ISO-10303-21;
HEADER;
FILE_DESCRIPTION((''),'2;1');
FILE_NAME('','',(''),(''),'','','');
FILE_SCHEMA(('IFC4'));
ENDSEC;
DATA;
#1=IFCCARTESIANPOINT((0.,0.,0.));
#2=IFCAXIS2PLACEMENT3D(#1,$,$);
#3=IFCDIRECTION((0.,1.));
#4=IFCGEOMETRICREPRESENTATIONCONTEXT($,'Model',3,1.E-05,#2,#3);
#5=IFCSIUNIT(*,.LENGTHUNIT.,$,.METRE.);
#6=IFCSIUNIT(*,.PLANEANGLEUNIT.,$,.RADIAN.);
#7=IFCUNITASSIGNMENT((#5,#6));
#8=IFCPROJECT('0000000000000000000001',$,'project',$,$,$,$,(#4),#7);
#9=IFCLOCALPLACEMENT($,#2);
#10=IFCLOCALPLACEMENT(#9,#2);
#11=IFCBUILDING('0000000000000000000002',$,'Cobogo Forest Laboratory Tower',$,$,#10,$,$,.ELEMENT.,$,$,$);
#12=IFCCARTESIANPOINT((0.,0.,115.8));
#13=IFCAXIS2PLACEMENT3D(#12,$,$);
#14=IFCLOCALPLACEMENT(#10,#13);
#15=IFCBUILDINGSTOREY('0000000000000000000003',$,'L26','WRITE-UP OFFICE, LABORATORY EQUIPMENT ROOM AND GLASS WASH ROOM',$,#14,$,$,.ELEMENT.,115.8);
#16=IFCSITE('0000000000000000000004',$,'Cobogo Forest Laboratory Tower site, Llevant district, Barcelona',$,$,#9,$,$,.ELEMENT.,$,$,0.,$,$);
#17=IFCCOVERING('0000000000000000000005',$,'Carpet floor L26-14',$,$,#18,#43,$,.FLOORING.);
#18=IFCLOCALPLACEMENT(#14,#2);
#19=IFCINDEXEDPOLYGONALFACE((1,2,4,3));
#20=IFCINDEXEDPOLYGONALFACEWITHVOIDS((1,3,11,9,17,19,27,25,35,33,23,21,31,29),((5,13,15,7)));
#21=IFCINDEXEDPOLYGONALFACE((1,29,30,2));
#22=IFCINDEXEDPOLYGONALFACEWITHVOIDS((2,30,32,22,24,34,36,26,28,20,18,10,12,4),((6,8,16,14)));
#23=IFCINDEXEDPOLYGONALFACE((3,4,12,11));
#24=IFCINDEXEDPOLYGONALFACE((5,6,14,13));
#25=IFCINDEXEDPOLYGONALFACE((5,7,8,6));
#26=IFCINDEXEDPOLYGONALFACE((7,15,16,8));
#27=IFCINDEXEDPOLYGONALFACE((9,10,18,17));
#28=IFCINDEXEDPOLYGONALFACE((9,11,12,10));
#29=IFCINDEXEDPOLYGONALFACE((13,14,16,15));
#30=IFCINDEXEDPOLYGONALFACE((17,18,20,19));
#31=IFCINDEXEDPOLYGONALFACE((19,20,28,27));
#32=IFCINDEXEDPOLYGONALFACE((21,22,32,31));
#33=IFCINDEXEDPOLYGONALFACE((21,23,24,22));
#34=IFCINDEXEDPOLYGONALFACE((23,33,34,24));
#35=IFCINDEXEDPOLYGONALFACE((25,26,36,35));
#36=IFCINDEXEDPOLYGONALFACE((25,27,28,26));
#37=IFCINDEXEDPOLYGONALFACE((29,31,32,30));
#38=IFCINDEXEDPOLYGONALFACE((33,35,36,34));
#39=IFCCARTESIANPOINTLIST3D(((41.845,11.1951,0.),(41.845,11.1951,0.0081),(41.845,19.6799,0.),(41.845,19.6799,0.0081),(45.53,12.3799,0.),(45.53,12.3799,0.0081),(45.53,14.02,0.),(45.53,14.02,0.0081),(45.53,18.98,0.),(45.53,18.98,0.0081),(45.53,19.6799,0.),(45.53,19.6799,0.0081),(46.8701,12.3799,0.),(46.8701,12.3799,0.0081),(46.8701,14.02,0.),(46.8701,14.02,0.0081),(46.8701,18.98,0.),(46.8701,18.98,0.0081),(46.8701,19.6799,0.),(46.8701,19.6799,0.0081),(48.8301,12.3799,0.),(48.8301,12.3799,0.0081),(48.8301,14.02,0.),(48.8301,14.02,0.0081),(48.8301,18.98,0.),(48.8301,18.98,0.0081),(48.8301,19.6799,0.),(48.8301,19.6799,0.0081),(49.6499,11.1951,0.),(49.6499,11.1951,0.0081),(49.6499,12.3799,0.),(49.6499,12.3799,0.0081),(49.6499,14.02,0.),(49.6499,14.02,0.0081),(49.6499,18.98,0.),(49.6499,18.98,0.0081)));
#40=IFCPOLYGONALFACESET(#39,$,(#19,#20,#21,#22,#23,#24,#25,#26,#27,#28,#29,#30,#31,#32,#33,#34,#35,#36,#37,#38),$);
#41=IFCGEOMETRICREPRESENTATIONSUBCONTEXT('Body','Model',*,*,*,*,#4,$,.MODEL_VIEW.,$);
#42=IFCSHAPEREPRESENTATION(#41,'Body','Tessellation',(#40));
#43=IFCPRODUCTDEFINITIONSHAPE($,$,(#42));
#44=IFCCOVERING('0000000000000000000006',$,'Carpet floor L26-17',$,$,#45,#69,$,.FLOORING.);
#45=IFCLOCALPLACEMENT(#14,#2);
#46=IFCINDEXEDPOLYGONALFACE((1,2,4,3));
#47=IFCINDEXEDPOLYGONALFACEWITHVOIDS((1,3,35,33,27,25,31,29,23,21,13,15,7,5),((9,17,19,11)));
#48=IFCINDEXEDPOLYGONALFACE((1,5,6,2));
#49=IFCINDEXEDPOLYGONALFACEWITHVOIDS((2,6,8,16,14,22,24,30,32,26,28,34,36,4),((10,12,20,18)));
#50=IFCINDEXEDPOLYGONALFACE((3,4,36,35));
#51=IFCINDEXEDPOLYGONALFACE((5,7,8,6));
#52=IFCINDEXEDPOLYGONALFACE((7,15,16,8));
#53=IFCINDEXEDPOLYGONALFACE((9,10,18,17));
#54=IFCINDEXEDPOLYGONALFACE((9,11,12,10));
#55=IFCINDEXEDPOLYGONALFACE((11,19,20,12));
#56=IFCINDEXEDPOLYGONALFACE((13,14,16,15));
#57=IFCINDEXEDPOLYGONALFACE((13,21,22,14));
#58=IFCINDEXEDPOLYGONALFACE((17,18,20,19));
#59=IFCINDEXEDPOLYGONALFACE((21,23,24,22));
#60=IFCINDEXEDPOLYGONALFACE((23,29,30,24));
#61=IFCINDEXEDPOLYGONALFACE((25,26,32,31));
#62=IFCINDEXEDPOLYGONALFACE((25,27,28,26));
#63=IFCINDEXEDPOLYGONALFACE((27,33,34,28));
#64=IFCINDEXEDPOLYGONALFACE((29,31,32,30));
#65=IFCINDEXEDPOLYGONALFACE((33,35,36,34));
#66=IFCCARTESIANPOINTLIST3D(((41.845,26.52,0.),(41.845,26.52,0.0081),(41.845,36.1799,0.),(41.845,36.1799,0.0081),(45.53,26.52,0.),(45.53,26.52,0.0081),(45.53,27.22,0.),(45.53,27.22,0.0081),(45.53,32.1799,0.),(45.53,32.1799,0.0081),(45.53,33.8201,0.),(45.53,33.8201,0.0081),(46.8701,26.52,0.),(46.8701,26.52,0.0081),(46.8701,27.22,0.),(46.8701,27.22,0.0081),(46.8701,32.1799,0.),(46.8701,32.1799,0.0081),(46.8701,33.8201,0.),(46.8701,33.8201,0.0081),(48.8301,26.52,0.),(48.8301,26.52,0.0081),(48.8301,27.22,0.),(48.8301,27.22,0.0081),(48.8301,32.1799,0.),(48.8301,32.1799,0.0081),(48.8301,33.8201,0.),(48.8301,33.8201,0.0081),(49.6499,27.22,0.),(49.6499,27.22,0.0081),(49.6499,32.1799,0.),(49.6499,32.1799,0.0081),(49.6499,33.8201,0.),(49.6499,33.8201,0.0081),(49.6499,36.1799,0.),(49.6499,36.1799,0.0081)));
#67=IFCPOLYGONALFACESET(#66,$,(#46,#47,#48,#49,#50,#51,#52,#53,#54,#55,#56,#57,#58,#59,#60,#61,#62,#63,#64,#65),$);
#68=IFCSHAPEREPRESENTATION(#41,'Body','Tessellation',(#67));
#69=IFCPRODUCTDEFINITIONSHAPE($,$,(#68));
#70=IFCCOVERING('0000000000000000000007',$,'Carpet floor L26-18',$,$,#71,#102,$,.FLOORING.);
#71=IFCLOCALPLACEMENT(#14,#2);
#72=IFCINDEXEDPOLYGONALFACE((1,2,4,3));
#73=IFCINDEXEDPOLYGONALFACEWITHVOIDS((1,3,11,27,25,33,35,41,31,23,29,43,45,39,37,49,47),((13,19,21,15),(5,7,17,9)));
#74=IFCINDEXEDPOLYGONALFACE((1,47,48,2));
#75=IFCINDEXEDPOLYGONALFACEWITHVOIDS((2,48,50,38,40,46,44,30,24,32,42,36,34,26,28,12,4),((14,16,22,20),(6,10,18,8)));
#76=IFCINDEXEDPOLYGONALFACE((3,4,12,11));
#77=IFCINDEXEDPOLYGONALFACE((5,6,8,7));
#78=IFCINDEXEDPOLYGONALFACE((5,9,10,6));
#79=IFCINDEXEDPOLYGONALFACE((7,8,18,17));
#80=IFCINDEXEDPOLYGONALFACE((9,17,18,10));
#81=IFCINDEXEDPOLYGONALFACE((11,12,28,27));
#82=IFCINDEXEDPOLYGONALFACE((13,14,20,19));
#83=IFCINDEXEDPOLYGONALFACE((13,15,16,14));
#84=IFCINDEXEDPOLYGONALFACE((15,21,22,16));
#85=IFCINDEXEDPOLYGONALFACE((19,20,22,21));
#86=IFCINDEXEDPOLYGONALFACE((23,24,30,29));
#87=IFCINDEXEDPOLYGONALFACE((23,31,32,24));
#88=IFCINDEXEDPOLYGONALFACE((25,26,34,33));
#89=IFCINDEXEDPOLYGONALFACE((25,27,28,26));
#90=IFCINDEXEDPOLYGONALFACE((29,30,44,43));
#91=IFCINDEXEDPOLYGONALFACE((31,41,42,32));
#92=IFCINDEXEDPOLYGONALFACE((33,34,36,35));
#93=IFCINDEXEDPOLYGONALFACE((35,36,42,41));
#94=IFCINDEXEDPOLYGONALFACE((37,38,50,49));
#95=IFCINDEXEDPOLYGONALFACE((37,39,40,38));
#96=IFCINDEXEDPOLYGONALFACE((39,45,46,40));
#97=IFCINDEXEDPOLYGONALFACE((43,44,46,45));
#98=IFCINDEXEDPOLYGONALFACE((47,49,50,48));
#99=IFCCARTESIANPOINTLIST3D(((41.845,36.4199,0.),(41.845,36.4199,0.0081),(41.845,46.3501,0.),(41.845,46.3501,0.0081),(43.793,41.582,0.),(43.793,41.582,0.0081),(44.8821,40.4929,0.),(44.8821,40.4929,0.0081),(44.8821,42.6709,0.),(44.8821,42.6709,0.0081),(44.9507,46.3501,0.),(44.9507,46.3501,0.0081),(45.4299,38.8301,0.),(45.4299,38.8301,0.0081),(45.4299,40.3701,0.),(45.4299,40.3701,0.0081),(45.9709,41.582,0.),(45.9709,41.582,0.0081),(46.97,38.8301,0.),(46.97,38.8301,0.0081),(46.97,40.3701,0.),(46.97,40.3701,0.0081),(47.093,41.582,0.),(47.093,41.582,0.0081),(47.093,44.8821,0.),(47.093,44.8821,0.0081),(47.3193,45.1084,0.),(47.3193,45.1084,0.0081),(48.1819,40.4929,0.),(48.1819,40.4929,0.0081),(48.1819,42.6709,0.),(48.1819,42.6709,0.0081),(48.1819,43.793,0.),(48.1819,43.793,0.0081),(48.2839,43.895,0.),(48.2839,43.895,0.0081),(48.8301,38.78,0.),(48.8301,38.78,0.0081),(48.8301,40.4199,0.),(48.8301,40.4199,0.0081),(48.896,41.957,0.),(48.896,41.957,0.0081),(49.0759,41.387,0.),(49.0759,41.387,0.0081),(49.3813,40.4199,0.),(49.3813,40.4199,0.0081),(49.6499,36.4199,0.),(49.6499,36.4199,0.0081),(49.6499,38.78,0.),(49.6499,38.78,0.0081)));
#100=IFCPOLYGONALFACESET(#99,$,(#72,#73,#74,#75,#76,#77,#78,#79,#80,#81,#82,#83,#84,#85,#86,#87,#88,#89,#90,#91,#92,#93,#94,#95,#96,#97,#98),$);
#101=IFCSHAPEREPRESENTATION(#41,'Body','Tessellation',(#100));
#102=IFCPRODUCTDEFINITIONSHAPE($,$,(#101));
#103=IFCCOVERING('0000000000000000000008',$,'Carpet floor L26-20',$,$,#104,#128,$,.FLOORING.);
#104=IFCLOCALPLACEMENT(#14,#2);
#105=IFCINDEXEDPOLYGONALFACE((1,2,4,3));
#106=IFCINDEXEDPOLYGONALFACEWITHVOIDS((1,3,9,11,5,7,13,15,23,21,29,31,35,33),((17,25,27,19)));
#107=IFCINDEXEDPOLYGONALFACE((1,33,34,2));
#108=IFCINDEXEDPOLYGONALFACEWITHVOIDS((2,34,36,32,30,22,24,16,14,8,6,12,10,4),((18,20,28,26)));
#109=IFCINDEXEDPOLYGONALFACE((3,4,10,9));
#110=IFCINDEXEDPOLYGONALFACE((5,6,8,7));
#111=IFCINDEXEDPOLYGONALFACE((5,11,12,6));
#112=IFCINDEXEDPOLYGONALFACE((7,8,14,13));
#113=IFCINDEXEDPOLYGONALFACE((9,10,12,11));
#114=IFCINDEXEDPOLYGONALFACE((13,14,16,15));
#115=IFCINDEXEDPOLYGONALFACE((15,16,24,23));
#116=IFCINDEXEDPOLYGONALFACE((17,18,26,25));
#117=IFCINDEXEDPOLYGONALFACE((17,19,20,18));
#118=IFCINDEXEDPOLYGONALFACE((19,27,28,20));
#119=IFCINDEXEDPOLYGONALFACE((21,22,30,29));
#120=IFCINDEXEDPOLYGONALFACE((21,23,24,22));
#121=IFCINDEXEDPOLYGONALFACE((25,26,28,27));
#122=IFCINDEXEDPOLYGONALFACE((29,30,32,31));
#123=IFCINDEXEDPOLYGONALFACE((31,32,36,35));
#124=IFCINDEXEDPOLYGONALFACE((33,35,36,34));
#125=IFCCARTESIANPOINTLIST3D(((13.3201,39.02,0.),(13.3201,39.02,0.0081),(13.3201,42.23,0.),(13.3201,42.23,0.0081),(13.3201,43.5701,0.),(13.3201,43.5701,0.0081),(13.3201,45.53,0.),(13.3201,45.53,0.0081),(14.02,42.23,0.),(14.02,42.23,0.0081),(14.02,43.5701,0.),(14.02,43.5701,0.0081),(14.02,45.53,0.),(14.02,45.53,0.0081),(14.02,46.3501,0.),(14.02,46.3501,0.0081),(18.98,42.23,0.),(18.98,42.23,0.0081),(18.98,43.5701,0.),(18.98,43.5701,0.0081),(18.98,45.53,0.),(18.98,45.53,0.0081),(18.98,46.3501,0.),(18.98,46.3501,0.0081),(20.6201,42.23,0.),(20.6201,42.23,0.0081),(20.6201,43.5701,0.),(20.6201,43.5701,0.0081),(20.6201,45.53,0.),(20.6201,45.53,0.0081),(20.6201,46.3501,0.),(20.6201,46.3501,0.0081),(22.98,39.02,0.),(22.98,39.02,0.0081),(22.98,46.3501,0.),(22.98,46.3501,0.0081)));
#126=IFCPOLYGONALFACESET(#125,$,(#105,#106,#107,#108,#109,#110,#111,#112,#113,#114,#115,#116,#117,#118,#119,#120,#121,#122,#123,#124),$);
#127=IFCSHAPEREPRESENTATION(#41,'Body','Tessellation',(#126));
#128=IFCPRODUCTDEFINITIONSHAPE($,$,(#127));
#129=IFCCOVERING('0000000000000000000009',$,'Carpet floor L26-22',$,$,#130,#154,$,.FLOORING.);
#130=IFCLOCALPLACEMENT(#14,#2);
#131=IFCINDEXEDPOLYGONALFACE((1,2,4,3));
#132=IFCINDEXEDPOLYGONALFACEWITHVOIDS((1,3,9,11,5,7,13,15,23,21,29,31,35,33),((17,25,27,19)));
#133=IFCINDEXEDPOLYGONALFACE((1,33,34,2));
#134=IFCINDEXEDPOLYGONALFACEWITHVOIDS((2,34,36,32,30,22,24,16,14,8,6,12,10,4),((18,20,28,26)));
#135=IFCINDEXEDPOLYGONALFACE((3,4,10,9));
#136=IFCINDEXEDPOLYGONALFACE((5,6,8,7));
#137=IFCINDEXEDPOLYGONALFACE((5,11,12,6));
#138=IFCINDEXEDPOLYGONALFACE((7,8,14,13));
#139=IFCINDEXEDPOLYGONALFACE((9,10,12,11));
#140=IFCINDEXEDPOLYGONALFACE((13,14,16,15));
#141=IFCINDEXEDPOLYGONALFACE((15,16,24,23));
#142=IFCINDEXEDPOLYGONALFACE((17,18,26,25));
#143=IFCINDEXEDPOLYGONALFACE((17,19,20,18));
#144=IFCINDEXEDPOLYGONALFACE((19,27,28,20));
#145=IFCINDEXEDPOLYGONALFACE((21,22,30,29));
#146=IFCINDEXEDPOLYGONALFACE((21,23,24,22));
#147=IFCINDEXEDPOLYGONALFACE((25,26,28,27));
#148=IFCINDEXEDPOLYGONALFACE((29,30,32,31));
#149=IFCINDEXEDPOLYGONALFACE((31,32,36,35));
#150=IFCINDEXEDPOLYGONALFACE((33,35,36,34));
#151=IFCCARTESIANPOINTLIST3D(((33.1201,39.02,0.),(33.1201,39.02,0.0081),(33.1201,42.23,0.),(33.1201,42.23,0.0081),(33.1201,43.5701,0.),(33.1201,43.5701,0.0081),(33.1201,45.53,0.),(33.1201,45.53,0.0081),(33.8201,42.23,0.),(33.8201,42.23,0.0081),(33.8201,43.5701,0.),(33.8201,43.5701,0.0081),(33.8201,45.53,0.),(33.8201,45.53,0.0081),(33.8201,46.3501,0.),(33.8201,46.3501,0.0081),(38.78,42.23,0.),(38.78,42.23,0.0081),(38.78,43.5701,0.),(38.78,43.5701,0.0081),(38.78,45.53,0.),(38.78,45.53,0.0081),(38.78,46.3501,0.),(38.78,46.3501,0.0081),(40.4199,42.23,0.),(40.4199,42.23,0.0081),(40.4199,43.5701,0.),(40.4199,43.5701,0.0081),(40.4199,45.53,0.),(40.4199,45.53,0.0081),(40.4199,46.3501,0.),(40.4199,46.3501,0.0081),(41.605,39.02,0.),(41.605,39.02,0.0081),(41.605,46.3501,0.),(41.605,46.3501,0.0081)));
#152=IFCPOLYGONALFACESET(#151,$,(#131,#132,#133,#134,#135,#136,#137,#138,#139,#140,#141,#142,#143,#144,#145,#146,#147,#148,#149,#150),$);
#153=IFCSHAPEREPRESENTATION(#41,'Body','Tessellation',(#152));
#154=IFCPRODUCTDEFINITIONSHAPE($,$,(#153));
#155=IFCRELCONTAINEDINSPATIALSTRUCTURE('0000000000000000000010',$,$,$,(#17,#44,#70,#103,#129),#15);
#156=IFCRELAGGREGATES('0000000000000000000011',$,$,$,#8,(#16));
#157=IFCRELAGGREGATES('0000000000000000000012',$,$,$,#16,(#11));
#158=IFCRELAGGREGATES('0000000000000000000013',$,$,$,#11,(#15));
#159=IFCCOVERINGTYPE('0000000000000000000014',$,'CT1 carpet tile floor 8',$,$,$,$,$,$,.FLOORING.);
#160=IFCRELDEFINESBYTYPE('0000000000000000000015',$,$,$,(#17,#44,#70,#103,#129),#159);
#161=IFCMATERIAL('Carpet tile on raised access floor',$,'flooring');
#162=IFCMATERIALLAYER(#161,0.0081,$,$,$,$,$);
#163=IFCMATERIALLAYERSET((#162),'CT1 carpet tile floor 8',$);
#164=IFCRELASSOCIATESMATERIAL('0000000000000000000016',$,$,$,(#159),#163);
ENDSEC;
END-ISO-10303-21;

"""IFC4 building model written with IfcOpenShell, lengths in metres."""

from ifc_helpers import new_model, si_unit, direction, frame, origin, place, context, subcontext, project, spatial, polyline, outline, extrude, material, layer, layer_set, type_object, element, save


model = new_model("IFC4")

# Units and contexts
model_context = context("Model", 3, precision=1e-05, world=origin(), true_north=direction((0.0, 1.0)))
body_context = subcontext(model_context, "Body", "Model", "MODEL_VIEW")
ifc_project = project(units=[si_unit("LENGTHUNIT", "METRE"), si_unit("PLANEANGLEUNIT", "RADIAN")], contexts=[model_context])

# Site, building, storey
site_placement = place(None, origin())
site = spatial("IfcSite", under=ifc_project, at=site_placement, Name="Cobogo Forest Laboratory Tower site, Llevant district, Barcelona", CompositionType="ELEMENT", RefElevation=0.0)
building_placement = place(site_placement, origin())
building = spatial("IfcBuilding", under=site, at=building_placement, Name="Cobogo Forest Laboratory Tower", CompositionType="ELEMENT")
storey_placement = place(building_placement, frame((0.0, 0.0, 115.8)))
storey = spatial("IfcBuildingStorey", under=building, at=storey_placement, Name="L26", Description="WRITE-UP OFFICE, LABORATORY EQUIPMENT ROOM AND GLASS WASH ROOM", CompositionType="ELEMENT", Elevation=115.8)

# Coverings
ifc_material_1 = material(Name="Carpet tile on raised access floor", Category="flooring")
ifc_layer_1 = layer(ifc_material_1, 0.0081)
ifc_layer_set_1 = layer_set([ifc_layer_1], Name="CT1 carpet tile floor 8")
covering_type_1 = type_object("IfcCoveringType", Name="CT1 carpet tile floor 8", PredefinedType="FLOORING", material=ifc_layer_set_1)
covering_1_placement = place(storey_placement, origin())
element("IfcCovering", 1, at=covering_1_placement, inside=storey, type_object=covering_type_1, Name="Carpet floor L26-14", PredefinedType="FLOORING", context=body_context, shape_type="SweptSolid", body=[
    extrude(outline(polyline([(41.845, 19.6799), (45.53, 19.6799), (45.53, 18.98), (46.8701, 18.98), (46.8701, 19.6799), (48.8301, 19.6799), (48.8301, 18.98), (49.6499, 18.98), (49.6499, 14.02), (48.8301, 14.02), (48.8301, 12.3799), (49.6499, 12.3799), (49.6499, 11.1951), (41.845, 11.1951), (41.845, 19.6799)]), holes=[polyline([(45.53, 12.3799), (46.8701, 12.3799), (46.8701, 14.02), (45.53, 14.02), (45.53, 12.3799)])]), origin(), (0.0, 0.0, 1.0), 0.0081),
])
covering_2_placement = place(storey_placement, origin())
element("IfcCovering", 2, at=covering_2_placement, inside=storey, type_object=covering_type_1, Name="Carpet floor L26-17", PredefinedType="FLOORING", context=body_context, shape_type="SweptSolid", body=[
    extrude(outline(polyline([(41.845, 36.1799), (49.6499, 36.1799), (49.6499, 33.8201), (48.8301, 33.8201), (48.8301, 32.1799), (49.6499, 32.1799), (49.6499, 27.22), (48.8301, 27.22), (48.8301, 26.52), (46.8701, 26.52), (46.8701, 27.22), (45.53, 27.22), (45.53, 26.52), (41.845, 26.52), (41.845, 36.1799)]), holes=[polyline([(46.8701, 32.1799), (46.8701, 33.8201), (45.53, 33.8201), (45.53, 32.1799), (46.8701, 32.1799)])]), origin(), (0.0, 0.0, 1.0), 0.0081),
])
covering_3_placement = place(storey_placement, origin())
element("IfcCovering", 3, at=covering_3_placement, inside=storey, type_object=covering_type_1, Name="Carpet floor L26-18", PredefinedType="FLOORING", context=body_context, shape_type="SweptSolid", body=[
    extrude(outline(polyline([(41.845, 46.3501), (44.9507, 46.3501), (47.3193, 45.1084), (47.093, 44.8821), (48.1819, 43.793), (48.2839, 43.895), (48.896, 41.957), (48.1819, 42.6709), (47.093, 41.582), (48.1819, 40.4929), (49.0759, 41.387), (49.3813, 40.4199), (48.8301, 40.4199), (48.8301, 38.78), (49.6499, 38.78), (49.6499, 36.4199), (41.845, 36.4199), (41.845, 46.3501)]), holes=[polyline([(45.4299, 40.3701), (45.4299, 38.8301), (46.97, 38.8301), (46.97, 40.3701), (45.4299, 40.3701)]), polyline([(43.793, 41.582), (44.8821, 40.4929), (45.9709, 41.582), (44.8821, 42.6709), (43.793, 41.582)])]), origin(), (0.0, 0.0, 1.0), 0.0081),
])
covering_4_placement = place(storey_placement, origin())
element("IfcCovering", 4, at=covering_4_placement, inside=storey, type_object=covering_type_1, Name="Carpet floor L26-20", PredefinedType="FLOORING", context=body_context, shape_type="SweptSolid", body=[
    extrude(outline(polyline([(13.3201, 39.02), (13.3201, 42.23), (14.02, 42.23), (14.02, 43.5701), (13.3201, 43.5701), (13.3201, 45.53), (14.02, 45.53), (14.02, 46.3501), (18.98, 46.3501), (18.98, 45.53), (20.6201, 45.53), (20.6201, 46.3501), (22.98, 46.3501), (22.98, 39.02), (13.3201, 39.02)]), holes=[polyline([(18.98, 42.23), (20.6201, 42.23), (20.6201, 43.5701), (18.98, 43.5701), (18.98, 42.23)])]), origin(), (0.0, 0.0, 1.0), 0.0081),
])
covering_5_placement = place(storey_placement, origin())
element("IfcCovering", 5, at=covering_5_placement, inside=storey, type_object=covering_type_1, Name="Carpet floor L26-22", PredefinedType="FLOORING", context=body_context, shape_type="SweptSolid", body=[
    extrude(outline(polyline([(33.1201, 39.02), (33.1201, 42.23), (33.8201, 42.23), (33.8201, 43.5701), (33.1201, 43.5701), (33.1201, 45.53), (33.8201, 45.53), (33.8201, 46.3501), (38.78, 46.3501), (38.78, 45.53), (40.4199, 45.53), (40.4199, 46.3501), (41.605, 46.3501), (41.605, 39.02), (33.1201, 39.02)]), holes=[polyline([(38.78, 43.5701), (38.78, 42.23), (40.4199, 42.23), (40.4199, 43.5701), (38.78, 43.5701)])]), origin(), (0.0, 0.0, 1.0), 0.0081),
])

save(model, "model.ifc")
